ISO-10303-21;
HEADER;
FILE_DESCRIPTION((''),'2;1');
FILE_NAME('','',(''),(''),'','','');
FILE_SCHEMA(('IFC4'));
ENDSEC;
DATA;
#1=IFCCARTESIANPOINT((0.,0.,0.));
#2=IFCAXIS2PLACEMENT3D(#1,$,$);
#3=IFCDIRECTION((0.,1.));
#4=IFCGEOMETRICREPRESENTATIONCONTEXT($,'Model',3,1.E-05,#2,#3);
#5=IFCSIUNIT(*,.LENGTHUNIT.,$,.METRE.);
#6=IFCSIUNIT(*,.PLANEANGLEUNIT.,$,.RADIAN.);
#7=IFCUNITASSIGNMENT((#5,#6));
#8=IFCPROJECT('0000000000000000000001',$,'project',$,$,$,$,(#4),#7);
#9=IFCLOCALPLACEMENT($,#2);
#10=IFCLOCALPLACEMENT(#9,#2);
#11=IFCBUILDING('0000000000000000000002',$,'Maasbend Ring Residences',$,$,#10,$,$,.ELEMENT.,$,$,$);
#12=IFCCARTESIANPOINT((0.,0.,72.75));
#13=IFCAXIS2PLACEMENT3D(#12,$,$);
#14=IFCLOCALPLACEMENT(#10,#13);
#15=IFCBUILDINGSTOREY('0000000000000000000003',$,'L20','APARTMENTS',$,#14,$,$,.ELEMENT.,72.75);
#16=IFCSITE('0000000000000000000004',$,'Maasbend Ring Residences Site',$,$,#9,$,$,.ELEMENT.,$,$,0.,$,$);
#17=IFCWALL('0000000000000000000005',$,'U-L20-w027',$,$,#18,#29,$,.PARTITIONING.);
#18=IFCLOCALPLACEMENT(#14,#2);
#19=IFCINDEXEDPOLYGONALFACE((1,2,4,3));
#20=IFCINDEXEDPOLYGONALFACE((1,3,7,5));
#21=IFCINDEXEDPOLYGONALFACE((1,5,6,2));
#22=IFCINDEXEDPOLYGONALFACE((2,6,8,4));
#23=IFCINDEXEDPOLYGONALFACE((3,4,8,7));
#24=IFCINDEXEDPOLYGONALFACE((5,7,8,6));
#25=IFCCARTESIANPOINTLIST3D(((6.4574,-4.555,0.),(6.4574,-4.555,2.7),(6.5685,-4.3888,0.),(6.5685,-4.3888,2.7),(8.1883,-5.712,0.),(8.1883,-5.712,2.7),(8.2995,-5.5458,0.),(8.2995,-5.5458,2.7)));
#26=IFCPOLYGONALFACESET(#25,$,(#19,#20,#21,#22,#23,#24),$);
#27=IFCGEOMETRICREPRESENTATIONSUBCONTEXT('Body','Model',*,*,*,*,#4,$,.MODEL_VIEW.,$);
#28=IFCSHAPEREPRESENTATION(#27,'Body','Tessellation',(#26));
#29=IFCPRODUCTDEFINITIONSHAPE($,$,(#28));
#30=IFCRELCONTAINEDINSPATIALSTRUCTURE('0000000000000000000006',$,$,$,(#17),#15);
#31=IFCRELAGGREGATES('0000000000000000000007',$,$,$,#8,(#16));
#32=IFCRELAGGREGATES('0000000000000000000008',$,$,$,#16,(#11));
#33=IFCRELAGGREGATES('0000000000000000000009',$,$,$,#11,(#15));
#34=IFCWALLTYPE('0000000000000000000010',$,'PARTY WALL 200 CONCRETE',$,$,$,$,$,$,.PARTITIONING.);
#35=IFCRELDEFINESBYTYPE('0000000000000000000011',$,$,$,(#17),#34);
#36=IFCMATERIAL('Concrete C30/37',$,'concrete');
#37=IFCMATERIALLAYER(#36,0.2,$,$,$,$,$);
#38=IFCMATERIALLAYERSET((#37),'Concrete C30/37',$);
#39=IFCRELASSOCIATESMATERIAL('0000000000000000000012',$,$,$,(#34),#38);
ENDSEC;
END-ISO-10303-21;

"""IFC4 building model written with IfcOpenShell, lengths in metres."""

from ifc_helpers import new_model, si_unit, direction, frame, frame_2d, origin, place, context, subcontext, project, spatial, rectangle, extrude, material, layer, layer_set, type_object, element, save


model = new_model("IFC4")

# Units and contexts
model_context = context("Model", 3, precision=1e-05, world=origin(), true_north=direction((0.0, 1.0)))
body_context = subcontext(model_context, "Body", "Model", "MODEL_VIEW")
ifc_project = project(units=[si_unit("LENGTHUNIT", "METRE"), si_unit("PLANEANGLEUNIT", "RADIAN")], contexts=[model_context])

# Site, building, storey
site_placement = place(None, origin())
site = spatial("IfcSite", under=ifc_project, at=site_placement, Name="Maasbend Ring Residences Site", CompositionType="ELEMENT", RefElevation=0.0)
building_placement = place(site_placement, origin())
building = spatial("IfcBuilding", under=site, at=building_placement, Name="Maasbend Ring Residences", CompositionType="ELEMENT")
storey_placement = place(building_placement, frame((0.0, 0.0, 72.75)))
storey = spatial("IfcBuildingStorey", under=building, at=storey_placement, Name="L20", Description="APARTMENTS", CompositionType="ELEMENT", Elevation=72.75)

# Wall
ifc_material_1 = material(Name="Concrete C30/37", Category="concrete")
ifc_layer_1 = layer(ifc_material_1, 0.2)
ifc_layer_set_1 = layer_set([ifc_layer_1], Name="Concrete C30/37")
wall_type_1 = type_object("IfcWallType", Name="PARTY WALL 200 CONCRETE", PredefinedType="PARTITIONING", material=ifc_layer_set_1)
wall_1_placement = place(storey_placement, frame((6.5129, -4.4719, 0.0), z_axis=(0.0, 0.0, 1.0), x_axis=(0.831382, -0.555701, 0.0)))
element("IfcWall", 1, at=wall_1_placement, inside=storey, type_object=wall_type_1, Name="U-L20-w027", PredefinedType="PARTITIONING", context=body_context, shape_type="SweptSolid", body=[
    extrude(rectangle(XDim=2.082, YDim=0.2, at=frame_2d((1.041, 0.0))), origin(), (0.0, 0.0, 1.0), 2.7),
])

save(model, "model.ifc")
